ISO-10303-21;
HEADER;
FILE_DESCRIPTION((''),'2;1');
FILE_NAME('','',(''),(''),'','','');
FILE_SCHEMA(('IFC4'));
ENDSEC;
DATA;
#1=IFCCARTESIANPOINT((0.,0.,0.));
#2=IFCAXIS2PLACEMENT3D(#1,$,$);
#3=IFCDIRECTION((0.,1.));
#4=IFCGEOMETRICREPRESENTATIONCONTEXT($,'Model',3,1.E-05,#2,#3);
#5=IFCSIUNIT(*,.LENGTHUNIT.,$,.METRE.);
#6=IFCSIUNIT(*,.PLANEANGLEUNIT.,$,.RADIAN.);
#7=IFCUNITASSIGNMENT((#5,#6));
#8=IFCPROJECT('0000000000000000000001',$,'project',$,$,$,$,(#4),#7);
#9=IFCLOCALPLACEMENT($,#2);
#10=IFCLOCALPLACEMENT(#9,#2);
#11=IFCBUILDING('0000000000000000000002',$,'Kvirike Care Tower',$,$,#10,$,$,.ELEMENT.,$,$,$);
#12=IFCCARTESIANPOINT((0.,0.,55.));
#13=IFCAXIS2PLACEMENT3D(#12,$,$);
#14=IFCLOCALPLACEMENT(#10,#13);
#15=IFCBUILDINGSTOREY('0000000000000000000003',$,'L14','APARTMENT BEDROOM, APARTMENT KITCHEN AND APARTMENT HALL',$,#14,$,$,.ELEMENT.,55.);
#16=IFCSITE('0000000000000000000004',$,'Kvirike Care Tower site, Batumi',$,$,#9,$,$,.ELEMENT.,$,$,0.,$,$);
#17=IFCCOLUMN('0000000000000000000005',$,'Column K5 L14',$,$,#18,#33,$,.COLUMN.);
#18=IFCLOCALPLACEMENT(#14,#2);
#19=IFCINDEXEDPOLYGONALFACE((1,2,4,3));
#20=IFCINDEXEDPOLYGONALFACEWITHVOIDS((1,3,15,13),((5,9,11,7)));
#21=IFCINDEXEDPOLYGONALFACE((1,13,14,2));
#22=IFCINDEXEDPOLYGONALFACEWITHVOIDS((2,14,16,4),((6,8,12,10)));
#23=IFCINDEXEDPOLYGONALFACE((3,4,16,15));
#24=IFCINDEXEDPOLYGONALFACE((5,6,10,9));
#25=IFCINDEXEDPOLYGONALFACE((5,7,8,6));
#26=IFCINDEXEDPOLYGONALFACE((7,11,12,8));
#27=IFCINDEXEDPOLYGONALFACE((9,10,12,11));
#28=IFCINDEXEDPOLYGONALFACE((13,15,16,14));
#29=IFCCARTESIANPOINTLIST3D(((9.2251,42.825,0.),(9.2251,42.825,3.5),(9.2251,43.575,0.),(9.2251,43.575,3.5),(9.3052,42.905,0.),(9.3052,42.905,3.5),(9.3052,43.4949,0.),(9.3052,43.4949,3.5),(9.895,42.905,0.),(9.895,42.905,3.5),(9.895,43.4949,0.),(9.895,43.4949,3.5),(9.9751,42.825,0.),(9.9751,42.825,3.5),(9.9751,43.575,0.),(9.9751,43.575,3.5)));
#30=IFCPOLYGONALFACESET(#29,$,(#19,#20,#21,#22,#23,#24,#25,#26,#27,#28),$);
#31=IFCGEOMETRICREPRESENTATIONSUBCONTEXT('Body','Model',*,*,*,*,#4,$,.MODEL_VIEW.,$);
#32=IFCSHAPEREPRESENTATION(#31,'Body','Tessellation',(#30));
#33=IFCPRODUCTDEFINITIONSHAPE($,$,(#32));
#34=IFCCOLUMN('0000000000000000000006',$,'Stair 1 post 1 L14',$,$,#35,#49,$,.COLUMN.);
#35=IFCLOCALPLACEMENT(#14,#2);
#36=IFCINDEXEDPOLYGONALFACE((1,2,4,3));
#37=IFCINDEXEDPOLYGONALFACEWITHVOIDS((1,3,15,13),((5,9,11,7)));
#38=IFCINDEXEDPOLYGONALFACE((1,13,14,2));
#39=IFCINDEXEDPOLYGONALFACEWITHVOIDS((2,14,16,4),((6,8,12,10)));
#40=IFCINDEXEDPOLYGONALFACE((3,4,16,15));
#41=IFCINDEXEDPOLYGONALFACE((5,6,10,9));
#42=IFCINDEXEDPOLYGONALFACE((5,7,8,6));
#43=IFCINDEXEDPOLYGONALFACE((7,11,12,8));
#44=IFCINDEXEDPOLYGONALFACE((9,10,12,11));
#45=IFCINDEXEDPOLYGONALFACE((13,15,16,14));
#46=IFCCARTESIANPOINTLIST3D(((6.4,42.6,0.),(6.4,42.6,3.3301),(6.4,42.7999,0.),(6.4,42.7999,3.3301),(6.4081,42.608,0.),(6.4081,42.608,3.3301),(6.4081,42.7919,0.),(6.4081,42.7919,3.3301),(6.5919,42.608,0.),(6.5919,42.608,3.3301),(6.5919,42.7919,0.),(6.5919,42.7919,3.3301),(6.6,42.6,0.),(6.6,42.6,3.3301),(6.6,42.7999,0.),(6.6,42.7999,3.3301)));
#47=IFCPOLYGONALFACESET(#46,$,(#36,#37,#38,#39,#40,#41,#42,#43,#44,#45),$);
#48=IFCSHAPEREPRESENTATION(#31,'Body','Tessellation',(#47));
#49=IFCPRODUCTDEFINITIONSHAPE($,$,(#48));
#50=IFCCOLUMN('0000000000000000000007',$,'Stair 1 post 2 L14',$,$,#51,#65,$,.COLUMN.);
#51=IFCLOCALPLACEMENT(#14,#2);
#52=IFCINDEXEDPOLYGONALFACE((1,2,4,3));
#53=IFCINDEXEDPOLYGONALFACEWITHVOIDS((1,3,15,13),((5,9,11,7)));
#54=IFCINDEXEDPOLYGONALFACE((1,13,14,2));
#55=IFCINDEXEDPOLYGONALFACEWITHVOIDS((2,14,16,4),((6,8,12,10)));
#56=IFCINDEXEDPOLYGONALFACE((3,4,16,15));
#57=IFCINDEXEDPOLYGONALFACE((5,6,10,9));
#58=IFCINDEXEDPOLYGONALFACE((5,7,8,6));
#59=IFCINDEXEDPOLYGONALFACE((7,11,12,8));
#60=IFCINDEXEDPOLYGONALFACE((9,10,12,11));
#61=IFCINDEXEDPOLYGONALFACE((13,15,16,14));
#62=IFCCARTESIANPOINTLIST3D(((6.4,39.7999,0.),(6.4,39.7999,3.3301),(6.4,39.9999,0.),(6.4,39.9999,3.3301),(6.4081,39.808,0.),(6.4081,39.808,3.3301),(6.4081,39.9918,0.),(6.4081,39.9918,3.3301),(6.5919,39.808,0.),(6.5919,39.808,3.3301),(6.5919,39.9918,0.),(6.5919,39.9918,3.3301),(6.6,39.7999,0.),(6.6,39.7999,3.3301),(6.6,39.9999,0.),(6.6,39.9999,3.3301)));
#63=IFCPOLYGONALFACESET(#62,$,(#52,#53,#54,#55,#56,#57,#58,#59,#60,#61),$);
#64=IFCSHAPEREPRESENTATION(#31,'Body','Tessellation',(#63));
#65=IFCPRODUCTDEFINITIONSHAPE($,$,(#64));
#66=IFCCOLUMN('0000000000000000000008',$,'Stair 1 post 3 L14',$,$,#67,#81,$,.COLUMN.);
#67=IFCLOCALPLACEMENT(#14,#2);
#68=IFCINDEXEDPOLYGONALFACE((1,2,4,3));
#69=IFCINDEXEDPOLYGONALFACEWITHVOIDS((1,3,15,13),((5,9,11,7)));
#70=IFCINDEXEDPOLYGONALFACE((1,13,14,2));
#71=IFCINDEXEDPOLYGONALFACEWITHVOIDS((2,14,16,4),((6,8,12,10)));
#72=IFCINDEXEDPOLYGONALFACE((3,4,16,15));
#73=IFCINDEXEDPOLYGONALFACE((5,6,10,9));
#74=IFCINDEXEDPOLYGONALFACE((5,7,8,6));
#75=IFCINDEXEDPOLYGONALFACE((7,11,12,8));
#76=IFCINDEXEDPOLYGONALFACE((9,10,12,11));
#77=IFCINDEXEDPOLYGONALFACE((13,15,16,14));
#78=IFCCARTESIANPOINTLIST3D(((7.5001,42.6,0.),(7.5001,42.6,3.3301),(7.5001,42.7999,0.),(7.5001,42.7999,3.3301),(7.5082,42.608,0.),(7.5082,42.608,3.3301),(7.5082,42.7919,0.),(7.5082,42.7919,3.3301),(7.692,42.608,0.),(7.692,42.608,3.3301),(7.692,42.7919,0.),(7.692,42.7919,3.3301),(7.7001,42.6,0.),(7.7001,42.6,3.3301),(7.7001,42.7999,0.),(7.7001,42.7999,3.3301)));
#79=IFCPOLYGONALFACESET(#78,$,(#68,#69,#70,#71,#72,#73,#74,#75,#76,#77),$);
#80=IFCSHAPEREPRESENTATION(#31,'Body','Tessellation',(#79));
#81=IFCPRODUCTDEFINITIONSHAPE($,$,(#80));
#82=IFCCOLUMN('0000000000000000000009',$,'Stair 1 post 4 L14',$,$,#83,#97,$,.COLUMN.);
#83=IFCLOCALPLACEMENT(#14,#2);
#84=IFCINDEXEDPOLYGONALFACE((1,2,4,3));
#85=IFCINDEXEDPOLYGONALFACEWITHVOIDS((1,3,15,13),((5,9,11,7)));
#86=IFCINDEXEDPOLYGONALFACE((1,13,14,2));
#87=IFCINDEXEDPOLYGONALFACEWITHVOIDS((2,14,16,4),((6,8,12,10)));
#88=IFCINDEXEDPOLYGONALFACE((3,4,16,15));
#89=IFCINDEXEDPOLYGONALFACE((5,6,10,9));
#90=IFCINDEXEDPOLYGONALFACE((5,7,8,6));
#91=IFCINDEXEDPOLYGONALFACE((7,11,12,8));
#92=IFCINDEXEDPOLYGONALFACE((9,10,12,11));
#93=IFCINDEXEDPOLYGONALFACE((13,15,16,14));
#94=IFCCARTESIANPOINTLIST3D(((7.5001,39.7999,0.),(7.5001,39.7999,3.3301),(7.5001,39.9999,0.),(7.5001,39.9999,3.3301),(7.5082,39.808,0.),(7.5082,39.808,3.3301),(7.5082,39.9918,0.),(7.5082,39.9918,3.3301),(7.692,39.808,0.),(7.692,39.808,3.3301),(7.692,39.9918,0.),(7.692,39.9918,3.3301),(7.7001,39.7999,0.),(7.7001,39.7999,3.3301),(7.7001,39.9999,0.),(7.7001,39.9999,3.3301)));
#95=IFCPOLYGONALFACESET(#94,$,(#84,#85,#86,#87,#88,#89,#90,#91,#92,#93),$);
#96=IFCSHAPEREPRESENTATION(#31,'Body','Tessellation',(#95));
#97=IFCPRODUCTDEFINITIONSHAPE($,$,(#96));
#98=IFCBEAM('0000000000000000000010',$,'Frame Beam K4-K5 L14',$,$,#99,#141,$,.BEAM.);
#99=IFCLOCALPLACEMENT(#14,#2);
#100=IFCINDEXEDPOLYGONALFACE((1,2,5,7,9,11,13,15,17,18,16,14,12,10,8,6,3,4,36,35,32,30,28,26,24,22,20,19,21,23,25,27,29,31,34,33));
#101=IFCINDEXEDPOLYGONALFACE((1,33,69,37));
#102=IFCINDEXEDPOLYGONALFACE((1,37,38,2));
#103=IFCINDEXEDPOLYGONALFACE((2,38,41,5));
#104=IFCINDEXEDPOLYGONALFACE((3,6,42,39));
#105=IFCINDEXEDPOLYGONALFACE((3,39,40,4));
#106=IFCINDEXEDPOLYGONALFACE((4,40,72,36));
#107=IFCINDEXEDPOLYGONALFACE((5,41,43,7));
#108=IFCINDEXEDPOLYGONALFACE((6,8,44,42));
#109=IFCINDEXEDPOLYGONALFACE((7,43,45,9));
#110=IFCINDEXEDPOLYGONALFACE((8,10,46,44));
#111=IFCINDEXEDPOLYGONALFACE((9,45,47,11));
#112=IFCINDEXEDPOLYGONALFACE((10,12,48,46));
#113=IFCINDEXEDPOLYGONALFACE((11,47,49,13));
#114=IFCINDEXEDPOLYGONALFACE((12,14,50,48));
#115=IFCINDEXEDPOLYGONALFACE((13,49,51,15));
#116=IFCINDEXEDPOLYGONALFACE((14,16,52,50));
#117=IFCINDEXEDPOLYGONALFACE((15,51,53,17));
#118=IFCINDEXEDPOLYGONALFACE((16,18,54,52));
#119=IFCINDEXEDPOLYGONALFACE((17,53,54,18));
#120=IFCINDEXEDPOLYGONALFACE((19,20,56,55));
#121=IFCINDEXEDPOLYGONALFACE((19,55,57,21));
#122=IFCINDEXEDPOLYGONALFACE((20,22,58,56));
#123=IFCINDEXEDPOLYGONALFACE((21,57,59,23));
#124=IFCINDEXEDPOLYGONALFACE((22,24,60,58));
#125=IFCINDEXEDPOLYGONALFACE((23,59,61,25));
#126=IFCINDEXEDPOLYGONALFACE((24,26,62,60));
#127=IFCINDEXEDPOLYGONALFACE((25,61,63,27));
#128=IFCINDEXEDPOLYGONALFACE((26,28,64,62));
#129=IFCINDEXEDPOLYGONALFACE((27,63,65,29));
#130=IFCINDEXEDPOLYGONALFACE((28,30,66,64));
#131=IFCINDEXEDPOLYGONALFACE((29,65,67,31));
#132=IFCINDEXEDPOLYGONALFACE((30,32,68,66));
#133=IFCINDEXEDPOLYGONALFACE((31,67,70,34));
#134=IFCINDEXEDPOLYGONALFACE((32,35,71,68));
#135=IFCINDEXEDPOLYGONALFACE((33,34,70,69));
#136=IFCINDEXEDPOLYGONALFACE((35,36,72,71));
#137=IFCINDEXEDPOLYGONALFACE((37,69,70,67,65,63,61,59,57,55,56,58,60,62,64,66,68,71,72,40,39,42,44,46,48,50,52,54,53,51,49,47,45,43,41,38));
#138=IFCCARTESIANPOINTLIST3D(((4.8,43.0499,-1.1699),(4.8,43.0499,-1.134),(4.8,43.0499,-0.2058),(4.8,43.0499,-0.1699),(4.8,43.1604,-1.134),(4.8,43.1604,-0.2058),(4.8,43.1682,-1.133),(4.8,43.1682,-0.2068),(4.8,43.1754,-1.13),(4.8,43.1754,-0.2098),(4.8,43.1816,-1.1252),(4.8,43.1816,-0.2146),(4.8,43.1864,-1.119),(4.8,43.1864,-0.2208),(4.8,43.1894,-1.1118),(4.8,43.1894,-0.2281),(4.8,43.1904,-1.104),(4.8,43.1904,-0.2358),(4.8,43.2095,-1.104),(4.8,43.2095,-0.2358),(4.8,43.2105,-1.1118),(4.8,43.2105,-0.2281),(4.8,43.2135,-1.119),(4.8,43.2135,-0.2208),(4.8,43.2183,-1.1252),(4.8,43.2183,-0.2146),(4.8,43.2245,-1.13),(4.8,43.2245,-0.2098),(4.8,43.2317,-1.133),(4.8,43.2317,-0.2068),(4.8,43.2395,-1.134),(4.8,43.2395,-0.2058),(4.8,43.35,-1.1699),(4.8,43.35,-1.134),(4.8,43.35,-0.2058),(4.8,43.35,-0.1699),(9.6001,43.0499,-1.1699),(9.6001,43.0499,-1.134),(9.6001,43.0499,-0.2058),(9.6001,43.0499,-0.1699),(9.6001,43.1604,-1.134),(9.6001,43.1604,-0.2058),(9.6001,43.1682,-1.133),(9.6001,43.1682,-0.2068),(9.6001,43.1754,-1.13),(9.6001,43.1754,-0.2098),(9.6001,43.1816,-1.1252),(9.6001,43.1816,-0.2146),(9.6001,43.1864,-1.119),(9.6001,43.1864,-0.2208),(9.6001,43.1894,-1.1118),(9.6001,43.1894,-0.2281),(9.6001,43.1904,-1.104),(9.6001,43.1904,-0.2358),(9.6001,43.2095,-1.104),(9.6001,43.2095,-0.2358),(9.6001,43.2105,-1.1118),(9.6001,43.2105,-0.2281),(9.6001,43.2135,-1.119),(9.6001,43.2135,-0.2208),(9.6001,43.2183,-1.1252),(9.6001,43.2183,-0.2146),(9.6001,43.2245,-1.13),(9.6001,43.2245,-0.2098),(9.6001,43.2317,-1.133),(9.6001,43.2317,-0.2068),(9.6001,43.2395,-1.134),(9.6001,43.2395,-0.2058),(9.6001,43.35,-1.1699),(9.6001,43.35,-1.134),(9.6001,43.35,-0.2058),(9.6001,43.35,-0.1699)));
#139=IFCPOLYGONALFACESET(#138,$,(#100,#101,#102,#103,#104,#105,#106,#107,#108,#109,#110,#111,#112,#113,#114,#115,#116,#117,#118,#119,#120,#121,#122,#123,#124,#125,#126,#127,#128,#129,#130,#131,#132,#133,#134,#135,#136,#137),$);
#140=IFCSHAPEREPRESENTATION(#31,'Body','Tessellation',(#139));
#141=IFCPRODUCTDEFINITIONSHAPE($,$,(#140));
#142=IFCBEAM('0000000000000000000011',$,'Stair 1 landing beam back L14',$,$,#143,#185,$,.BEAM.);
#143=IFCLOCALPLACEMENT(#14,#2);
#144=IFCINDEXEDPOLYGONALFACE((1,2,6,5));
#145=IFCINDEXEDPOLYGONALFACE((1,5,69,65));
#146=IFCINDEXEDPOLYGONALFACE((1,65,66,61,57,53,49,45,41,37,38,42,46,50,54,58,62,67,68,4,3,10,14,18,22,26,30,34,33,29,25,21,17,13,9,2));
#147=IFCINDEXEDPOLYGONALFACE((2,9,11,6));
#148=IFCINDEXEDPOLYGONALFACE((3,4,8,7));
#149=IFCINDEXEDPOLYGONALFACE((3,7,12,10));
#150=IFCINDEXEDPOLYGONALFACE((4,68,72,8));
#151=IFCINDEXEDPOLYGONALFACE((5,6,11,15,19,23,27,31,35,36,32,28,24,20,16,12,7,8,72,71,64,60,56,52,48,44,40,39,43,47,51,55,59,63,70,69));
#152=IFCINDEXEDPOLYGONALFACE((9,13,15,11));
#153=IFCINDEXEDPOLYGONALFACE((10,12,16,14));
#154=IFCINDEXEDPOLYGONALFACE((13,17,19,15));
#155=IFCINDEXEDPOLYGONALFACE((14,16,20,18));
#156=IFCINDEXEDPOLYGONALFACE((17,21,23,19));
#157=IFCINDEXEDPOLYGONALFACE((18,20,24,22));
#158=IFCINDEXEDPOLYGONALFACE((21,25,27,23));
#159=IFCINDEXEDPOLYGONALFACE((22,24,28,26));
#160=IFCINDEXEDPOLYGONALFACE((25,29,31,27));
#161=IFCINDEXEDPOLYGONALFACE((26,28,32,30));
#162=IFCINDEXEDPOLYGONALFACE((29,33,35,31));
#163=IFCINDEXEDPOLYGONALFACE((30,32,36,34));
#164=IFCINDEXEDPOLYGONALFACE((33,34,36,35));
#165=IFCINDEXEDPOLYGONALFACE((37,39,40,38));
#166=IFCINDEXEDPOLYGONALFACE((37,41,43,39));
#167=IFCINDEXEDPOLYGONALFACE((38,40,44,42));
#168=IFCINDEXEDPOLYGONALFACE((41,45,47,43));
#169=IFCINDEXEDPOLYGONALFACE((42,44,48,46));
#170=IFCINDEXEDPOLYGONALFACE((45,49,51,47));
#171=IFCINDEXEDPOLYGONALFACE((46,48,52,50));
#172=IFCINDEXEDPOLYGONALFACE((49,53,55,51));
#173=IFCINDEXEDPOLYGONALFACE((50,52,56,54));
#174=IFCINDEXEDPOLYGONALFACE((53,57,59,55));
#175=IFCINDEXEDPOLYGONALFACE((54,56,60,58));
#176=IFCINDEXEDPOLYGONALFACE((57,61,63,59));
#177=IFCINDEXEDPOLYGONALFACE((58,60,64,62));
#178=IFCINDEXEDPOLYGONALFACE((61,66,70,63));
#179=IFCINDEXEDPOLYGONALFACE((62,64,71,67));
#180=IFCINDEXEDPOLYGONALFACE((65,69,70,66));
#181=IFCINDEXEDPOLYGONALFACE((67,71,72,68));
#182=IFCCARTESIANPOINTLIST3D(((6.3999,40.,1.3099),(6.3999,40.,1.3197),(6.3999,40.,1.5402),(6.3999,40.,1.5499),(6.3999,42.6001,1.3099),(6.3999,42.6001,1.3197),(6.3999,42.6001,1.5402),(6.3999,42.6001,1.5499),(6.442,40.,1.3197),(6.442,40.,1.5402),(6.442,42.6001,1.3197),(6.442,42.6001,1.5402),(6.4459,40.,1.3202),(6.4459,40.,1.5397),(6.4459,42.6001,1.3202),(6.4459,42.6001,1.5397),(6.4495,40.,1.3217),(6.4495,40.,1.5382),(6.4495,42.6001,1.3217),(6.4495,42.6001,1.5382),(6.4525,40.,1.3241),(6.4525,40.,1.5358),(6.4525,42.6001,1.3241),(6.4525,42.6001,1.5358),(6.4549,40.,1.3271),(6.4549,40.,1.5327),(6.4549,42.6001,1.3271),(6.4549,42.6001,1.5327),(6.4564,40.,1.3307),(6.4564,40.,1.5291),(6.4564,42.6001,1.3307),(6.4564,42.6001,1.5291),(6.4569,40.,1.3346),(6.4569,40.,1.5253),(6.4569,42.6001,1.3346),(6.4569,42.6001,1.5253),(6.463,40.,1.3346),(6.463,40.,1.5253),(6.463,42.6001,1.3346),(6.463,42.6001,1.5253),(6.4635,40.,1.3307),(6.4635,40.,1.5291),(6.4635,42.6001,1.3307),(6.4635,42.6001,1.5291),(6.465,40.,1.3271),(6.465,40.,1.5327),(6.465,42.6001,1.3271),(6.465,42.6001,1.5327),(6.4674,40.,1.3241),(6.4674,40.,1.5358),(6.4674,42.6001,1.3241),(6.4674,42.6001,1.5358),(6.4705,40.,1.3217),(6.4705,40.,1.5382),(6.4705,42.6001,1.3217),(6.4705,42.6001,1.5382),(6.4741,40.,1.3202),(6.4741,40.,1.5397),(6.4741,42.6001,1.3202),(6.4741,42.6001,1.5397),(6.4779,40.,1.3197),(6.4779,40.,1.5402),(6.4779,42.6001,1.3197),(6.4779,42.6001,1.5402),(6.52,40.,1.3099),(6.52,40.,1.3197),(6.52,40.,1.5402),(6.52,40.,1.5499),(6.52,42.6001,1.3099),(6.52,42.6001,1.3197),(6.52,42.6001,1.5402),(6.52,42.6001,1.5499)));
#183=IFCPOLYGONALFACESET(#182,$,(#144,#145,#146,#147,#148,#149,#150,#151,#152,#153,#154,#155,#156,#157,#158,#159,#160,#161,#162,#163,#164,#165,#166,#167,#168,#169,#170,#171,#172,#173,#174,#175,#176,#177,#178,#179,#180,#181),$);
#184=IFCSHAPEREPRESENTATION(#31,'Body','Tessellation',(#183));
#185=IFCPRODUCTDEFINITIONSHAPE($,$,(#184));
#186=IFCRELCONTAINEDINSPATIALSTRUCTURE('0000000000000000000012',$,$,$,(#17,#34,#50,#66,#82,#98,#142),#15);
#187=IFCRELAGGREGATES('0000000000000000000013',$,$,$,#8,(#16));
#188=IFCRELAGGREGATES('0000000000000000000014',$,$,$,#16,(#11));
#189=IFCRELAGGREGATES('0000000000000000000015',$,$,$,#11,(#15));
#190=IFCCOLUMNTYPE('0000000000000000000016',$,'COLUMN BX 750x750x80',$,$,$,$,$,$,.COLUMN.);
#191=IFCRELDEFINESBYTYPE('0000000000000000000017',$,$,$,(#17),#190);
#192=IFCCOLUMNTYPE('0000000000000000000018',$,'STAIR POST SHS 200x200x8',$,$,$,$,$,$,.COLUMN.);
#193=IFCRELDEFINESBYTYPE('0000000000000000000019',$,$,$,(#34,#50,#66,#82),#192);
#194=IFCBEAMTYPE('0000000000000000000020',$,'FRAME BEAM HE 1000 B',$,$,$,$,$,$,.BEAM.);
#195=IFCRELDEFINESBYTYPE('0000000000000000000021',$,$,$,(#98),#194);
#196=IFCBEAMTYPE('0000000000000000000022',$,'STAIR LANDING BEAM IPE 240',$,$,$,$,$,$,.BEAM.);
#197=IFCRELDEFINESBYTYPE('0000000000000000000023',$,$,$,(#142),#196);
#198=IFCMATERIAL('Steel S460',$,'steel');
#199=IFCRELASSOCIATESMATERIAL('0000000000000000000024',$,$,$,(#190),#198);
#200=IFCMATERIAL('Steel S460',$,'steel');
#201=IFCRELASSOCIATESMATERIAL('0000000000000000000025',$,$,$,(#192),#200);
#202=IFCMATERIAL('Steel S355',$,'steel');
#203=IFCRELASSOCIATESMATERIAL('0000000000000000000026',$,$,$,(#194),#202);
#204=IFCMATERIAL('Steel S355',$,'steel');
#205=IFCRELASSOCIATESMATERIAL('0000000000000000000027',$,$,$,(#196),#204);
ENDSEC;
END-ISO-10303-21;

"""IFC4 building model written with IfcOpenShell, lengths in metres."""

from ifc_helpers import new_model, si_unit, direction, frame, origin, origin_2d, place, context, subcontext, project, spatial, hollow_rectangle, i_section, extrude, material, material_profile, profile_set, type_object, element, save


model = new_model("IFC4")

# Units and contexts
model_context = context("Model", 3, precision=1e-05, world=origin(), true_north=direction((0.0, 1.0)))
body_context = subcontext(model_context, "Body", "Model", "MODEL_VIEW")
ifc_project = project(units=[si_unit("LENGTHUNIT", "METRE"), si_unit("PLANEANGLEUNIT", "RADIAN")], contexts=[model_context])

# Site, building, storey
site_placement = place(None, origin())
site = spatial("IfcSite", under=ifc_project, at=site_placement, Name="Kvirike Care Tower site, Batumi", CompositionType="ELEMENT", RefElevation=0.0)
building_placement = place(site_placement, origin())
building = spatial("IfcBuilding", under=site, at=building_placement, Name="Kvirike Care Tower", CompositionType="ELEMENT")
storey_placement = place(building_placement, frame((0.0, 0.0, 55.0)))
storey = spatial("IfcBuildingStorey", under=building, at=storey_placement, Name="L14", Description="APARTMENT BEDROOM, APARTMENT KITCHEN AND APARTMENT HALL", CompositionType="ELEMENT", Elevation=55.0)

# Columns
ifc_material_1 = material(Name="Steel S460", Category="steel")
ifc_material_profile_1 = material_profile(ifc_material_1, hollow_rectangle(XDim=0.75, YDim=0.75, WallThickness=0.0801, at=origin_2d()), Name="BX 750x750x80")
ifc_profile_set_1 = profile_set([ifc_material_profile_1], Name="Steel S460")
column_type_1 = type_object("IfcColumnType", Name="COLUMN BX 750x750x80", PredefinedType="COLUMN", material=ifc_profile_set_1)
column_placement = place(storey_placement, frame((9.6001, 43.2, 0.0), z_axis=(0.0, 0.0, 1.0), x_axis=(0.0, 1.0, 0.0)))
element("IfcColumn", 1, at=column_placement, inside=storey, type_object=column_type_1, Name="Column K5 L14", PredefinedType="COLUMN", context=body_context, shape_type="SweptSolid", body=[
    extrude(hollow_rectangle(XDim=0.75, YDim=0.75, WallThickness=0.0801, at=origin_2d()), origin(), (0.0, 0.0, 1.0), 3.5),
])
ifc_material_2 = material(Name="Steel S460", Category="steel")
ifc_material_profile_2 = material_profile(ifc_material_2, hollow_rectangle(XDim=0.2, YDim=0.2, WallThickness=0.0081, at=origin_2d()), Name="SHS 200x200x8")
ifc_profile_set_2 = profile_set([ifc_material_profile_2], Name="Steel S460")
column_type_2 = type_object("IfcColumnType", Name="STAIR POST SHS 200x200x8", PredefinedType="COLUMN", material=ifc_profile_set_2)
for number, where, z_axis, x_axis, name in (
    (2, (6.5, 42.7, 0.0), (0.0, 0.0, 1.0), (1.0, 0.0, 0.0), "Stair 1 post 1 L14"),
    (3, (6.5, 39.8999, 0.0), (0.0, 0.0, 1.0), (1.0, 0.0, 0.0), "Stair 1 post 2 L14"),
    (4, (7.6001, 42.7, 0.0), (0.0, 0.0, 1.0), (1.0, 0.0, 0.0), "Stair 1 post 3 L14"),
    (5, (7.6001, 39.8999, 0.0), (0.0, 0.0, 1.0), (1.0, 0.0, 0.0), "Stair 1 post 4 L14"),
):
    element("IfcColumn", number, at=place(storey_placement, frame(where, z_axis=z_axis, x_axis=x_axis)), inside=storey, type_object=column_type_2, Name=name, PredefinedType="COLUMN", context=body_context, shape_type="SweptSolid", body=[
        extrude(hollow_rectangle(XDim=0.2, YDim=0.2, WallThickness=0.0081, at=origin_2d()), origin(), (0.0, 0.0, 1.0), 3.3301),
    ])

# Beams
ifc_material_3 = material(Name="Steel S355", Category="steel")
ifc_material_profile_3 = material_profile(ifc_material_3, i_section(OverallWidth=0.3, OverallDepth=1.0, WebThickness=0.019, FlangeThickness=0.0359, FilletRadius=0.03, at=origin_2d()), Name="HE 1000 B")
ifc_profile_set_3 = profile_set([ifc_material_profile_3], Name="Steel S355")
beam_type_1 = type_object("IfcBeamType", Name="FRAME BEAM HE 1000 B", PredefinedType="BEAM", material=ifc_profile_set_3)
beam_placement = place(storey_placement, frame((4.8, 43.2, -0.6699), z_axis=(1.0, 0.0, 0.0), x_axis=(0.0, 1.0, 0.0)))
element("IfcBeam", 6, at=beam_placement, inside=storey, type_object=beam_type_1, Name="Frame Beam K4-K5 L14", PredefinedType="BEAM", context=body_context, shape_type="SweptSolid", body=[
    extrude(i_section(OverallWidth=0.3, OverallDepth=1.0, WebThickness=0.019, FlangeThickness=0.0359, FilletRadius=0.03, at=origin_2d()), origin(), (0.0, 0.0, 1.0), 4.8),
])
ifc_material_4 = material(Name="Steel S355", Category="steel")
ifc_material_profile_4 = material_profile(ifc_material_4, i_section(OverallWidth=0.1201, OverallDepth=0.24, WebThickness=0.0061, FlangeThickness=0.0098, FilletRadius=0.0149, at=origin_2d()), Name="IPE 240")
ifc_profile_set_4 = profile_set([ifc_material_profile_4], Name="Steel S355")
beam_type_2 = type_object("IfcBeamType", Name="STAIR LANDING BEAM IPE 240", PredefinedType="BEAM", material=ifc_profile_set_4)
for number, where, z_axis, x_axis, name in (
    (7, (6.46, 42.6001, 1.4299), (0.0, -1.0, 0.0), (1.0, 0.0, 0.0), "Stair 1 landing beam back L14"),
):
    element("IfcBeam", number, at=place(storey_placement, frame(where, z_axis=z_axis, x_axis=x_axis)), inside=storey, type_object=beam_type_2, Name=name, PredefinedType="BEAM", context=body_context, shape_type="SweptSolid", body=[
        extrude(i_section(OverallWidth=0.1201, OverallDepth=0.24, WebThickness=0.0061, FlangeThickness=0.0098, FilletRadius=0.0149, at=origin_2d()), origin(), (0.0, 0.0, 1.0), 2.6001),
    ])

save(model, "model.ifc")
